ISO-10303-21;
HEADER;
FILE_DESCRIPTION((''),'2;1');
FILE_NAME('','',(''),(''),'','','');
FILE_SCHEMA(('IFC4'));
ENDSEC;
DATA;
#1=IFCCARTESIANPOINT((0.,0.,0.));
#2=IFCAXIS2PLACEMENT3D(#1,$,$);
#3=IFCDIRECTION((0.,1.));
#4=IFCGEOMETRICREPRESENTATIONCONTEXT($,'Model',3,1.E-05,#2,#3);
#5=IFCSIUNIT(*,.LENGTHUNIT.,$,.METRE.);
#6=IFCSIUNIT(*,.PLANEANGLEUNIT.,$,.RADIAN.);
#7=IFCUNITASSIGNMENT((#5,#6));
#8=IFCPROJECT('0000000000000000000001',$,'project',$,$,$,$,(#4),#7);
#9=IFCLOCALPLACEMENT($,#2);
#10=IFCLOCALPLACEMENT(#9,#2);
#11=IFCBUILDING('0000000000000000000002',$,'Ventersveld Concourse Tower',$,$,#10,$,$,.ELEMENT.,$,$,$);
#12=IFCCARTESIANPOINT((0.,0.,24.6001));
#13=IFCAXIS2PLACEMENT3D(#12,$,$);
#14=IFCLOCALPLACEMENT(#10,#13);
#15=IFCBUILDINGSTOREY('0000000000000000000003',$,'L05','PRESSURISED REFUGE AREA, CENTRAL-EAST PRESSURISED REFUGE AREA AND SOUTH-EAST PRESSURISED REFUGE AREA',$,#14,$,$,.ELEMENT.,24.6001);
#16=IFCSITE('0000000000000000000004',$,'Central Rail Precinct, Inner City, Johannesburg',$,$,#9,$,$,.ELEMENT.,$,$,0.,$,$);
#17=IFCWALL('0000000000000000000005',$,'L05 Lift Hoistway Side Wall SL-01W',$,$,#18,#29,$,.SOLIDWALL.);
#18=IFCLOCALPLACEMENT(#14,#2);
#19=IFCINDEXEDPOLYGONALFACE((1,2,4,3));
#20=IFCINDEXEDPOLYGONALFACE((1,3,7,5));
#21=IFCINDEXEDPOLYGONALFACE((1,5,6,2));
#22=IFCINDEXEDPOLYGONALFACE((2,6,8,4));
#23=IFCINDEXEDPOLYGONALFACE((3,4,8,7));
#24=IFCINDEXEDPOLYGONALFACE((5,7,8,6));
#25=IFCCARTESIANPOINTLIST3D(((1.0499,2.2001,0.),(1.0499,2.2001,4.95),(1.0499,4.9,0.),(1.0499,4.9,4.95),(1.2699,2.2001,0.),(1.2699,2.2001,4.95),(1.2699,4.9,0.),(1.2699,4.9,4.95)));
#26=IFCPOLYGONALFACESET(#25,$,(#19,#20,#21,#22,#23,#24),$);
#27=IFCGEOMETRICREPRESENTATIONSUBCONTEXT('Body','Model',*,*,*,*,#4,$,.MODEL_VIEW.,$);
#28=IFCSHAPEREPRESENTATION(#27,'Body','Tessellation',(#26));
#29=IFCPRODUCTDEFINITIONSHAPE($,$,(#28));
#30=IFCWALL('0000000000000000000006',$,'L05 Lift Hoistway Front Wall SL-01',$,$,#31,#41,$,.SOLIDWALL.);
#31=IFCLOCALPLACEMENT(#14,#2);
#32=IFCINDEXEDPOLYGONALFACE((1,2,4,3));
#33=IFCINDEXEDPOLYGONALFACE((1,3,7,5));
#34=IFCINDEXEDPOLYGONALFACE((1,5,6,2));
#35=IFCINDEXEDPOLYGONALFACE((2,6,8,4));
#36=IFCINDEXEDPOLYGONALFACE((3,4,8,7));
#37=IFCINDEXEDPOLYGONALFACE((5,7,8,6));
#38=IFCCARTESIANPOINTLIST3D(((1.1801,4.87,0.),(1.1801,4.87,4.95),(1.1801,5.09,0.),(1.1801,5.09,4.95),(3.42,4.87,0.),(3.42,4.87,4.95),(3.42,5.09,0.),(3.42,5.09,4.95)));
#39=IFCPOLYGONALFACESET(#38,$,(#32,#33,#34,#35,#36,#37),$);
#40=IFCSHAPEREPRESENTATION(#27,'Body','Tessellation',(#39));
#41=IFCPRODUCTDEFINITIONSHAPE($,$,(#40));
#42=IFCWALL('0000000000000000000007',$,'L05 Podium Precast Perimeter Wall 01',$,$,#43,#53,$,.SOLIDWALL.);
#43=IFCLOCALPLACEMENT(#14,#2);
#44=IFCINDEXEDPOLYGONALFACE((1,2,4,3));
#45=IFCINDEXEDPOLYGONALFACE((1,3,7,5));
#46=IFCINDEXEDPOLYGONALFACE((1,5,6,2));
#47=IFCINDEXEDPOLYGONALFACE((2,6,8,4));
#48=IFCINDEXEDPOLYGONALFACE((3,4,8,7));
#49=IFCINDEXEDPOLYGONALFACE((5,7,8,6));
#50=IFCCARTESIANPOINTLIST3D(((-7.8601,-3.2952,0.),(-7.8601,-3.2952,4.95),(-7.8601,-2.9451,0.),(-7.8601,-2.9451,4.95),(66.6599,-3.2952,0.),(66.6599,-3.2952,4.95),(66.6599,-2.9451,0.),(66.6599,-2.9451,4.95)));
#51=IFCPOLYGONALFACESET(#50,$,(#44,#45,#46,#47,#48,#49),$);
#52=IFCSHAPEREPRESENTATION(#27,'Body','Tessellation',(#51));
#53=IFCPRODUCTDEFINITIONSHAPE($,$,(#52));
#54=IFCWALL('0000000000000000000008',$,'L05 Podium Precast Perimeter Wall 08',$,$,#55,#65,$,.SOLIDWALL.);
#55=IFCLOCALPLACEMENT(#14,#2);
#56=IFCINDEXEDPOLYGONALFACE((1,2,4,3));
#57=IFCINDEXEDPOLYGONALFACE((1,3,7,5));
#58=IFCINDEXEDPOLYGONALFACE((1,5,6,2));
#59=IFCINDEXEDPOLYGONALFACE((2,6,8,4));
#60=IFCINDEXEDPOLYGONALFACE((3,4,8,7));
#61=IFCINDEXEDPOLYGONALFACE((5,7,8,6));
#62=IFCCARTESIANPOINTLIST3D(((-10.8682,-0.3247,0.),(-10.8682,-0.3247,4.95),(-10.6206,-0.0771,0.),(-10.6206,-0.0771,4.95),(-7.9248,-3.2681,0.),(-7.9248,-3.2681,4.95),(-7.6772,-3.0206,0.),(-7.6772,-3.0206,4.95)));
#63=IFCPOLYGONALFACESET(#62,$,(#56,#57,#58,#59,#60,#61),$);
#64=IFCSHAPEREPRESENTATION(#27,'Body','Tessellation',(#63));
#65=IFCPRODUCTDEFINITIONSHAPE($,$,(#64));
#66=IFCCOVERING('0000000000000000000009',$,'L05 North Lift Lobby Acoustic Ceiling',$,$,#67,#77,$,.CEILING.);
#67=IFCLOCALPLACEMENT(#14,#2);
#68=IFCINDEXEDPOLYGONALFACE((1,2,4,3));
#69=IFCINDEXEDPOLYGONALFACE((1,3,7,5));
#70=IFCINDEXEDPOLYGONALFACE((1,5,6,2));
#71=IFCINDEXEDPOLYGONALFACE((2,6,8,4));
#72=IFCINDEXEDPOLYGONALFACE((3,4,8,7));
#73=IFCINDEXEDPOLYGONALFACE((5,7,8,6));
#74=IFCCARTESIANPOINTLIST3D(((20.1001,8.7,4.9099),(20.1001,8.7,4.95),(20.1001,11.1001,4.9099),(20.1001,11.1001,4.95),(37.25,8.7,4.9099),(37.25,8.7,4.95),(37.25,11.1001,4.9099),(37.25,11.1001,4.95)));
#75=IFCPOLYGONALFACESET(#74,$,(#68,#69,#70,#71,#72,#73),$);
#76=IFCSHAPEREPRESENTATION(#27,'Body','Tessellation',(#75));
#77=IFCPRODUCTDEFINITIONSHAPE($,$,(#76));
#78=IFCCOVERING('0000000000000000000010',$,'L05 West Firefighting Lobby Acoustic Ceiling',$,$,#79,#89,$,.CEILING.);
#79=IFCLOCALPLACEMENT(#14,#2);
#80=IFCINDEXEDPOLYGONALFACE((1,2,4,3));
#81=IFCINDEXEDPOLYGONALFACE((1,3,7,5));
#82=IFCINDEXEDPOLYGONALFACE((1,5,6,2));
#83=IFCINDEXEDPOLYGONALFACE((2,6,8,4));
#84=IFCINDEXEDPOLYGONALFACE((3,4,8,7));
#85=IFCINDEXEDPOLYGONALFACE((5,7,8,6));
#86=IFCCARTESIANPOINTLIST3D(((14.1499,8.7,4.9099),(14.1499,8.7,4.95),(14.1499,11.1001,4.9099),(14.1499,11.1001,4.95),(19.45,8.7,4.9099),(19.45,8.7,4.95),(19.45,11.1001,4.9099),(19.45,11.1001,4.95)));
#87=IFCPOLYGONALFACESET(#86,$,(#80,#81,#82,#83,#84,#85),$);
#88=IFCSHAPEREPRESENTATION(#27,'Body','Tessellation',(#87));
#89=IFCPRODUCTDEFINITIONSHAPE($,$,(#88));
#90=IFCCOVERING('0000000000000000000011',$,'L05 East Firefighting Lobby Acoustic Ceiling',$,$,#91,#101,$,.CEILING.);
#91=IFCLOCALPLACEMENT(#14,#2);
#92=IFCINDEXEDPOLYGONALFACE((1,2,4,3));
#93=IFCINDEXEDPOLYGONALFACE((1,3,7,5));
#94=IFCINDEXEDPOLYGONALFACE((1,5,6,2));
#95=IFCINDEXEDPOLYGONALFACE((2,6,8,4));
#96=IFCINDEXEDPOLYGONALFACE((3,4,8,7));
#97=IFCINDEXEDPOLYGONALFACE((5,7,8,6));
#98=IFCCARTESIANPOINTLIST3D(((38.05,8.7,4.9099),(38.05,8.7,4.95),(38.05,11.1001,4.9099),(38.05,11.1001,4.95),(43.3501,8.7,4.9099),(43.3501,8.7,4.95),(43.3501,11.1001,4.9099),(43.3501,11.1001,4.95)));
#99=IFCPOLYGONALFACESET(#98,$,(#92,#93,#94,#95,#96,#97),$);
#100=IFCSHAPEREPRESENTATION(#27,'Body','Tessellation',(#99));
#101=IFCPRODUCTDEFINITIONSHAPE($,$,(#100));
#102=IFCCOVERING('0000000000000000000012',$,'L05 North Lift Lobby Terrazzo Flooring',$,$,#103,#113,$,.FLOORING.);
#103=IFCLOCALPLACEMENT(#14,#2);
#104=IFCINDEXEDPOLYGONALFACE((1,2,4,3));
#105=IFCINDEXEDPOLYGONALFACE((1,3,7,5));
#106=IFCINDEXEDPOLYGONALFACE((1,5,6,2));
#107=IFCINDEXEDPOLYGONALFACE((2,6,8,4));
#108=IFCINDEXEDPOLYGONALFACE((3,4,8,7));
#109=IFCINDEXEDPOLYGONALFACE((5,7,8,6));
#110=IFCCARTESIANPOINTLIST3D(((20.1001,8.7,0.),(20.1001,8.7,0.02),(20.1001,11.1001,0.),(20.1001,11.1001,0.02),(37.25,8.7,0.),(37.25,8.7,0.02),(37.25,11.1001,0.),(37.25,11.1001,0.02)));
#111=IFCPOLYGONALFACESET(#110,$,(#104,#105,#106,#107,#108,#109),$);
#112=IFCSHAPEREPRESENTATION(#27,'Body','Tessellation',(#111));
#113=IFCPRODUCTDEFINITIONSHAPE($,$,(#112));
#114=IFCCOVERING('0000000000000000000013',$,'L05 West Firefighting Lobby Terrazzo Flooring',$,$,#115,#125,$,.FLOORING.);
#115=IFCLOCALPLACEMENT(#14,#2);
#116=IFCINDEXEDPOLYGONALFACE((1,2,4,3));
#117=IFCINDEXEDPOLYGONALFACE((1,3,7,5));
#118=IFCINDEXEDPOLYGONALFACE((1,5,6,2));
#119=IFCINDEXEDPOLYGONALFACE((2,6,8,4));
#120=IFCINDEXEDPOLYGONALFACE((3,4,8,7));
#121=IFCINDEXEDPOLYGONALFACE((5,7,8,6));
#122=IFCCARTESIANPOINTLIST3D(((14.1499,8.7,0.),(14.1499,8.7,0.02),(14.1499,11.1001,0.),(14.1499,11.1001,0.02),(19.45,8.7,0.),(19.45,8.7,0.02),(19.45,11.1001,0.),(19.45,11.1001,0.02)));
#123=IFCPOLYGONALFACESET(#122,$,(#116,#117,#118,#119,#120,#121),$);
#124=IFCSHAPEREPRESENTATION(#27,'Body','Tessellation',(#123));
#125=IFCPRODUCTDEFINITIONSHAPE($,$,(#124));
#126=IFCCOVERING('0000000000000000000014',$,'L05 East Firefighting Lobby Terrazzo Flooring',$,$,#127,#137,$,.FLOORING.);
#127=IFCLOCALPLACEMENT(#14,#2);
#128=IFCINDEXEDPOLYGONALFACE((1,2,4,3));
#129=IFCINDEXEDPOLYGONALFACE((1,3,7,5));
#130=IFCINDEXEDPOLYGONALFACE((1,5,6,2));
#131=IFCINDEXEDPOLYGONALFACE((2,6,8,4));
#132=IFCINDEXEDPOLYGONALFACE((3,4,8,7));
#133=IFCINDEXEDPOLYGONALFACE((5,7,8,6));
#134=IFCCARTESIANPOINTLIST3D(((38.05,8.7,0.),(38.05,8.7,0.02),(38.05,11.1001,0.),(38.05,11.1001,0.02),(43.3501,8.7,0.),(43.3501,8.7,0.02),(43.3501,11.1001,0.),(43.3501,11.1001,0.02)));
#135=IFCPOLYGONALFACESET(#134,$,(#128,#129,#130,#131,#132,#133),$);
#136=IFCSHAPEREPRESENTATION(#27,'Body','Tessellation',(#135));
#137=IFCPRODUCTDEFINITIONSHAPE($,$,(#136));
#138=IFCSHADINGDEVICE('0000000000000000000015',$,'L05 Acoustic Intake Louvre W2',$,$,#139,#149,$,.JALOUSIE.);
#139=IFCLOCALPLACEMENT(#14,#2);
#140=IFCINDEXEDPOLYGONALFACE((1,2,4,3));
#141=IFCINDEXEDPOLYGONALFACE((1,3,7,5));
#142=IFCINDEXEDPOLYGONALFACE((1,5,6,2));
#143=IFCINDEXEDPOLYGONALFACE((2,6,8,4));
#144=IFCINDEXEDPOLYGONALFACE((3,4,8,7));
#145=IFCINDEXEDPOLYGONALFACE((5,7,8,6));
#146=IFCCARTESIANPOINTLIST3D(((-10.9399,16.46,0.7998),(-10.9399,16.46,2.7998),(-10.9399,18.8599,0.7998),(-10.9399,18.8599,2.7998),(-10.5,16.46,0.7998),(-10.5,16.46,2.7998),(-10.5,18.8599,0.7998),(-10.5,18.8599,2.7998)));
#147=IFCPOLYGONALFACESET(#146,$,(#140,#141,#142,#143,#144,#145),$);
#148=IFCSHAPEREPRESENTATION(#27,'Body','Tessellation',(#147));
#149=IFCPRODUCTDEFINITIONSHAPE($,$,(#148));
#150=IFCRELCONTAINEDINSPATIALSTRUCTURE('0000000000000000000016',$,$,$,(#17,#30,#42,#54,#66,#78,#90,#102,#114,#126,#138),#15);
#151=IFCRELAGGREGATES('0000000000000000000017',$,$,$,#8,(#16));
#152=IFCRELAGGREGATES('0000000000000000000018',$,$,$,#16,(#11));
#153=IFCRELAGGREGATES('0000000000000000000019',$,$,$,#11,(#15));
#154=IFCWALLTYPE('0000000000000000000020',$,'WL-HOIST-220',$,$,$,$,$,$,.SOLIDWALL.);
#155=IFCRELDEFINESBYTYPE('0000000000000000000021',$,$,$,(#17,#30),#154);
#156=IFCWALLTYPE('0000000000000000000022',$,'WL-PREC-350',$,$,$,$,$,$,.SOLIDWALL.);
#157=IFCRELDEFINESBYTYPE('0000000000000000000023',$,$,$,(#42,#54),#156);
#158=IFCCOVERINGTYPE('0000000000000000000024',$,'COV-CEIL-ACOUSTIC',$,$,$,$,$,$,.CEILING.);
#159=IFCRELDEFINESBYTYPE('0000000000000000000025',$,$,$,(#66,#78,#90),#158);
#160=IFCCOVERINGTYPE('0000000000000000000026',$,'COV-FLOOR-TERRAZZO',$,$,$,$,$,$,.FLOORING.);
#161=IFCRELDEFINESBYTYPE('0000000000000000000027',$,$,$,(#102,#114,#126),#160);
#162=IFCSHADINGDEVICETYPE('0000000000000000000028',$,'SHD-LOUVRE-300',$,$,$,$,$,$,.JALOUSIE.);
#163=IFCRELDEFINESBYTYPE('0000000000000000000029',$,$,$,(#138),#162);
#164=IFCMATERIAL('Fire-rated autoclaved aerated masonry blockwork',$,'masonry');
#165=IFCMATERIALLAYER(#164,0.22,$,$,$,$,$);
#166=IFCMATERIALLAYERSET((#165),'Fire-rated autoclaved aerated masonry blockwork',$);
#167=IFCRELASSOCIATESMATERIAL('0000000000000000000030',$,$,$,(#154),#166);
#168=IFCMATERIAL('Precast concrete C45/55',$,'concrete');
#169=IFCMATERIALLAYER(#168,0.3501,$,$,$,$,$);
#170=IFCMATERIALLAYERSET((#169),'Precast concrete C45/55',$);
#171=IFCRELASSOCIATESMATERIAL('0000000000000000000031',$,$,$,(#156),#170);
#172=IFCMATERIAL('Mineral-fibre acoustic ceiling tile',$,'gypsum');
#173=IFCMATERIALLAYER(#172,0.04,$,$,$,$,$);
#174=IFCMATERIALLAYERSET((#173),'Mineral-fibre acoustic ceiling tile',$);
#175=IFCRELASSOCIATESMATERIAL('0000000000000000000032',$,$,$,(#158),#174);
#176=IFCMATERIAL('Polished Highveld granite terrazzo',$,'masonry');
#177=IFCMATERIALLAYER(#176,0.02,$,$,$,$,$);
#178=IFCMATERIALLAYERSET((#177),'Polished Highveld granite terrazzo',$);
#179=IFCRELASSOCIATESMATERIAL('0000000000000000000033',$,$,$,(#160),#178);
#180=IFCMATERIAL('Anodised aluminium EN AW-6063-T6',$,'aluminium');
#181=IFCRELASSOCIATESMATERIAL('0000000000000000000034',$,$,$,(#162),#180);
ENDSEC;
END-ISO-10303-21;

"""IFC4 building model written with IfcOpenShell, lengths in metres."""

from ifc_helpers import new_model, si_unit, direction, frame, frame_2d, origin, origin_2d, place, context, subcontext, project, spatial, polyline, rectangle, outline, extrude, material, layer, layer_set, type_object, element, save


model = new_model("IFC4")

# Units and contexts
model_context = context("Model", 3, precision=1e-05, world=origin(), true_north=direction((0.0, 1.0)))
body_context = subcontext(model_context, "Body", "Model", "MODEL_VIEW")
ifc_project = project(units=[si_unit("LENGTHUNIT", "METRE"), si_unit("PLANEANGLEUNIT", "RADIAN")], contexts=[model_context])

# Site, building, storey
site_placement = place(None, origin())
site = spatial("IfcSite", under=ifc_project, at=site_placement, Name="Central Rail Precinct, Inner City, Johannesburg", CompositionType="ELEMENT", RefElevation=0.0)
building_placement = place(site_placement, origin())
building = spatial("IfcBuilding", under=site, at=building_placement, Name="Ventersveld Concourse Tower", CompositionType="ELEMENT")
storey_placement = place(building_placement, frame((0.0, 0.0, 24.6001)))
storey = spatial("IfcBuildingStorey", under=building, at=storey_placement, Name="L05", Description="PRESSURISED REFUGE AREA, CENTRAL-EAST PRESSURISED REFUGE AREA AND SOUTH-EAST PRESSURISED REFUGE AREA", CompositionType="ELEMENT", Elevation=24.6001)

# Walls
ifc_material_1 = material(Name="Fire-rated autoclaved aerated masonry blockwork", Category="masonry")
ifc_layer_1 = layer(ifc_material_1, 0.22)
ifc_layer_set_1 = layer_set([ifc_layer_1], Name="Fire-rated autoclaved aerated masonry blockwork")
wall_type_1 = type_object("IfcWallType", Name="WL-HOIST-220", PredefinedType="SOLIDWALL", material=ifc_layer_set_1)
wall_1_placement = place(storey_placement, frame((1.1599, 2.2, 0.0), z_axis=(0.0, 0.0, 1.0), x_axis=(0.0, 1.0, 0.0)))
element("IfcWall", 1, at=wall_1_placement, inside=storey, type_object=wall_type_1, Name="L05 Lift Hoistway Side Wall SL-01W", PredefinedType="SOLIDWALL", context=body_context, shape_type="SweptSolid", body=[
    extrude(rectangle(XDim=2.7, YDim=0.22, at=frame_2d((1.3501, 0.0))), origin(), (0.0, 0.0, 1.0), 4.95),
])
wall_2_placement = place(storey_placement, frame((1.1799, 4.98, 0.0), z_axis=(0.0, 0.0, 1.0), x_axis=(1.0, 0.0, 0.0)))
element("IfcWall", 2, at=wall_2_placement, inside=storey, type_object=wall_type_1, Name="L05 Lift Hoistway Front Wall SL-01", PredefinedType="SOLIDWALL", context=body_context, shape_type="SweptSolid", body=[
    extrude(rectangle(XDim=2.24, YDim=0.22, at=frame_2d((1.1201, 0.0))), origin(), (0.0, 0.0, 1.0), 4.95),
])
ifc_material_2 = material(Name="Precast concrete C45/55", Category="concrete")
ifc_layer_2 = layer(ifc_material_2, 0.3501)
ifc_layer_set_2 = layer_set([ifc_layer_2], Name="Precast concrete C45/55")
wall_type_2 = type_object("IfcWallType", Name="WL-PREC-350", PredefinedType="SOLIDWALL", material=ifc_layer_set_2)
wall_3_placement = place(storey_placement, frame((-7.8601, -3.1201, 0.0), z_axis=(0.0, 0.0, 1.0), x_axis=(1.0, 0.0, 0.0)))
element("IfcWall", 3, at=wall_3_placement, inside=storey, type_object=wall_type_2, Name="L05 Podium Precast Perimeter Wall 01", PredefinedType="SOLIDWALL", context=body_context, shape_type="SweptSolid", body=[
    extrude(rectangle(XDim=74.52, YDim=0.3501, at=frame_2d((37.26, 0.0))), origin(), (0.0, 0.0, 1.0), 4.95),
])
wall_4_placement = place(storey_placement, frame((-10.7444, -0.2009, 0.0), z_axis=(0.0, 0.0, 1.0), x_axis=(0.707107, -0.707107, 0.0)))
element("IfcWall", 4, at=wall_4_placement, inside=storey, type_object=wall_type_2, Name="L05 Podium Precast Perimeter Wall 08", PredefinedType="SOLIDWALL", context=body_context, shape_type="SweptSolid", body=[
    extrude(rectangle(XDim=4.1626, YDim=0.3501, at=frame_2d((2.0813, 0.0))), origin(), (0.0, 0.0, 1.0), 4.95),
])

# Coverings
ifc_material_3 = material(Name="Mineral-fibre acoustic ceiling tile", Category="gypsum")
ifc_layer_3 = layer(ifc_material_3, 0.04)
ifc_layer_set_3 = layer_set([ifc_layer_3], Name="Mineral-fibre acoustic ceiling tile")
covering_type_1 = type_object("IfcCoveringType", Name="COV-CEIL-ACOUSTIC", PredefinedType="CEILING", material=ifc_layer_set_3)
covering_1_placement = place(storey_placement, frame((0.0, 0.0, 4.9099)))
element("IfcCovering", 5, at=covering_1_placement, inside=storey, type_object=covering_type_1, Name="L05 North Lift Lobby Acoustic Ceiling", PredefinedType="CEILING", context=body_context, shape_type="SweptSolid", body=[
    extrude(outline(polyline([(20.1001, 8.7), (37.25, 8.7), (37.25, 11.1001), (20.1001, 11.1001), (20.1001, 8.7)])), origin(), (0.0, 0.0, 1.0), 0.04),
])
covering_2_placement = place(storey_placement, frame((0.0, 0.0, 4.9099)))
element("IfcCovering", 6, at=covering_2_placement, inside=storey, type_object=covering_type_1, Name="L05 West Firefighting Lobby Acoustic Ceiling", PredefinedType="CEILING", context=body_context, shape_type="SweptSolid", body=[
    extrude(outline(polyline([(14.1499, 8.7), (19.45, 8.7), (19.45, 11.1001), (14.1499, 11.1001), (14.1499, 8.7)])), origin(), (0.0, 0.0, 1.0), 0.04),
])
covering_3_placement = place(storey_placement, frame((0.0, 0.0, 4.9099)))
element("IfcCovering", 7, at=covering_3_placement, inside=storey, type_object=covering_type_1, Name="L05 East Firefighting Lobby Acoustic Ceiling", PredefinedType="CEILING", context=body_context, shape_type="SweptSolid", body=[
    extrude(outline(polyline([(38.05, 8.7), (43.3501, 8.7), (43.3501, 11.1001), (38.05, 11.1001), (38.05, 8.7)])), origin(), (0.0, 0.0, 1.0), 0.04),
])
ifc_material_4 = material(Name="Polished Highveld granite terrazzo", Category="masonry")
ifc_layer_4 = layer(ifc_material_4, 0.02)
ifc_layer_set_4 = layer_set([ifc_layer_4], Name="Polished Highveld granite terrazzo")
covering_type_2 = type_object("IfcCoveringType", Name="COV-FLOOR-TERRAZZO", PredefinedType="FLOORING", material=ifc_layer_set_4)
covering_4_placement = place(storey_placement, origin())
element("IfcCovering", 8, at=covering_4_placement, inside=storey, type_object=covering_type_2, Name="L05 North Lift Lobby Terrazzo Flooring", PredefinedType="FLOORING", context=body_context, shape_type="SweptSolid", body=[
    extrude(outline(polyline([(20.1001, 8.7), (37.25, 8.7), (37.25, 11.1001), (20.1001, 11.1001), (20.1001, 8.7)])), origin(), (0.0, 0.0, 1.0), 0.02),
])
covering_5_placement = place(storey_placement, origin())
element("IfcCovering", 9, at=covering_5_placement, inside=storey, type_object=covering_type_2, Name="L05 West Firefighting Lobby Terrazzo Flooring", PredefinedType="FLOORING", context=body_context, shape_type="SweptSolid", body=[
    extrude(outline(polyline([(14.1499, 8.7), (19.45, 8.7), (19.45, 11.1001), (14.1499, 11.1001), (14.1499, 8.7)])), origin(), (0.0, 0.0, 1.0), 0.02),
])
covering_6_placement = place(storey_placement, origin())
element("IfcCovering", 10, at=covering_6_placement, inside=storey, type_object=covering_type_2, Name="L05 East Firefighting Lobby Terrazzo Flooring", PredefinedType="FLOORING", context=body_context, shape_type="SweptSolid", body=[
    extrude(outline(polyline([(38.05, 8.7), (43.3501, 8.7), (43.3501, 11.1001), (38.05, 11.1001), (38.05, 8.7)])), origin(), (0.0, 0.0, 1.0), 0.02),
])

# Shading device
ifc_material_5 = material(Name="Anodised aluminium EN AW-6063-T6", Category="aluminium")
shading_device_type = type_object("IfcShadingDeviceType", Name="SHD-LOUVRE-300", PredefinedType="JALOUSIE", material=ifc_material_5)
shading_device_placement = place(storey_placement, frame((-10.72, 17.6599, 0.7998), z_axis=(0.0, 0.0, 1.0), x_axis=(0.0, 1.0, 0.0)))
element("IfcShadingDevice", 11, at=shading_device_placement, inside=storey, type_object=shading_device_type, Name="L05 Acoustic Intake Louvre W2", PredefinedType="JALOUSIE", context=body_context, shape_type="SweptSolid", body=[
    extrude(rectangle(XDim=2.3999, YDim=0.4399, at=origin_2d()), origin(), (0.0, 0.0, 1.0), 2.0),
])

save(model, "model.ifc")
